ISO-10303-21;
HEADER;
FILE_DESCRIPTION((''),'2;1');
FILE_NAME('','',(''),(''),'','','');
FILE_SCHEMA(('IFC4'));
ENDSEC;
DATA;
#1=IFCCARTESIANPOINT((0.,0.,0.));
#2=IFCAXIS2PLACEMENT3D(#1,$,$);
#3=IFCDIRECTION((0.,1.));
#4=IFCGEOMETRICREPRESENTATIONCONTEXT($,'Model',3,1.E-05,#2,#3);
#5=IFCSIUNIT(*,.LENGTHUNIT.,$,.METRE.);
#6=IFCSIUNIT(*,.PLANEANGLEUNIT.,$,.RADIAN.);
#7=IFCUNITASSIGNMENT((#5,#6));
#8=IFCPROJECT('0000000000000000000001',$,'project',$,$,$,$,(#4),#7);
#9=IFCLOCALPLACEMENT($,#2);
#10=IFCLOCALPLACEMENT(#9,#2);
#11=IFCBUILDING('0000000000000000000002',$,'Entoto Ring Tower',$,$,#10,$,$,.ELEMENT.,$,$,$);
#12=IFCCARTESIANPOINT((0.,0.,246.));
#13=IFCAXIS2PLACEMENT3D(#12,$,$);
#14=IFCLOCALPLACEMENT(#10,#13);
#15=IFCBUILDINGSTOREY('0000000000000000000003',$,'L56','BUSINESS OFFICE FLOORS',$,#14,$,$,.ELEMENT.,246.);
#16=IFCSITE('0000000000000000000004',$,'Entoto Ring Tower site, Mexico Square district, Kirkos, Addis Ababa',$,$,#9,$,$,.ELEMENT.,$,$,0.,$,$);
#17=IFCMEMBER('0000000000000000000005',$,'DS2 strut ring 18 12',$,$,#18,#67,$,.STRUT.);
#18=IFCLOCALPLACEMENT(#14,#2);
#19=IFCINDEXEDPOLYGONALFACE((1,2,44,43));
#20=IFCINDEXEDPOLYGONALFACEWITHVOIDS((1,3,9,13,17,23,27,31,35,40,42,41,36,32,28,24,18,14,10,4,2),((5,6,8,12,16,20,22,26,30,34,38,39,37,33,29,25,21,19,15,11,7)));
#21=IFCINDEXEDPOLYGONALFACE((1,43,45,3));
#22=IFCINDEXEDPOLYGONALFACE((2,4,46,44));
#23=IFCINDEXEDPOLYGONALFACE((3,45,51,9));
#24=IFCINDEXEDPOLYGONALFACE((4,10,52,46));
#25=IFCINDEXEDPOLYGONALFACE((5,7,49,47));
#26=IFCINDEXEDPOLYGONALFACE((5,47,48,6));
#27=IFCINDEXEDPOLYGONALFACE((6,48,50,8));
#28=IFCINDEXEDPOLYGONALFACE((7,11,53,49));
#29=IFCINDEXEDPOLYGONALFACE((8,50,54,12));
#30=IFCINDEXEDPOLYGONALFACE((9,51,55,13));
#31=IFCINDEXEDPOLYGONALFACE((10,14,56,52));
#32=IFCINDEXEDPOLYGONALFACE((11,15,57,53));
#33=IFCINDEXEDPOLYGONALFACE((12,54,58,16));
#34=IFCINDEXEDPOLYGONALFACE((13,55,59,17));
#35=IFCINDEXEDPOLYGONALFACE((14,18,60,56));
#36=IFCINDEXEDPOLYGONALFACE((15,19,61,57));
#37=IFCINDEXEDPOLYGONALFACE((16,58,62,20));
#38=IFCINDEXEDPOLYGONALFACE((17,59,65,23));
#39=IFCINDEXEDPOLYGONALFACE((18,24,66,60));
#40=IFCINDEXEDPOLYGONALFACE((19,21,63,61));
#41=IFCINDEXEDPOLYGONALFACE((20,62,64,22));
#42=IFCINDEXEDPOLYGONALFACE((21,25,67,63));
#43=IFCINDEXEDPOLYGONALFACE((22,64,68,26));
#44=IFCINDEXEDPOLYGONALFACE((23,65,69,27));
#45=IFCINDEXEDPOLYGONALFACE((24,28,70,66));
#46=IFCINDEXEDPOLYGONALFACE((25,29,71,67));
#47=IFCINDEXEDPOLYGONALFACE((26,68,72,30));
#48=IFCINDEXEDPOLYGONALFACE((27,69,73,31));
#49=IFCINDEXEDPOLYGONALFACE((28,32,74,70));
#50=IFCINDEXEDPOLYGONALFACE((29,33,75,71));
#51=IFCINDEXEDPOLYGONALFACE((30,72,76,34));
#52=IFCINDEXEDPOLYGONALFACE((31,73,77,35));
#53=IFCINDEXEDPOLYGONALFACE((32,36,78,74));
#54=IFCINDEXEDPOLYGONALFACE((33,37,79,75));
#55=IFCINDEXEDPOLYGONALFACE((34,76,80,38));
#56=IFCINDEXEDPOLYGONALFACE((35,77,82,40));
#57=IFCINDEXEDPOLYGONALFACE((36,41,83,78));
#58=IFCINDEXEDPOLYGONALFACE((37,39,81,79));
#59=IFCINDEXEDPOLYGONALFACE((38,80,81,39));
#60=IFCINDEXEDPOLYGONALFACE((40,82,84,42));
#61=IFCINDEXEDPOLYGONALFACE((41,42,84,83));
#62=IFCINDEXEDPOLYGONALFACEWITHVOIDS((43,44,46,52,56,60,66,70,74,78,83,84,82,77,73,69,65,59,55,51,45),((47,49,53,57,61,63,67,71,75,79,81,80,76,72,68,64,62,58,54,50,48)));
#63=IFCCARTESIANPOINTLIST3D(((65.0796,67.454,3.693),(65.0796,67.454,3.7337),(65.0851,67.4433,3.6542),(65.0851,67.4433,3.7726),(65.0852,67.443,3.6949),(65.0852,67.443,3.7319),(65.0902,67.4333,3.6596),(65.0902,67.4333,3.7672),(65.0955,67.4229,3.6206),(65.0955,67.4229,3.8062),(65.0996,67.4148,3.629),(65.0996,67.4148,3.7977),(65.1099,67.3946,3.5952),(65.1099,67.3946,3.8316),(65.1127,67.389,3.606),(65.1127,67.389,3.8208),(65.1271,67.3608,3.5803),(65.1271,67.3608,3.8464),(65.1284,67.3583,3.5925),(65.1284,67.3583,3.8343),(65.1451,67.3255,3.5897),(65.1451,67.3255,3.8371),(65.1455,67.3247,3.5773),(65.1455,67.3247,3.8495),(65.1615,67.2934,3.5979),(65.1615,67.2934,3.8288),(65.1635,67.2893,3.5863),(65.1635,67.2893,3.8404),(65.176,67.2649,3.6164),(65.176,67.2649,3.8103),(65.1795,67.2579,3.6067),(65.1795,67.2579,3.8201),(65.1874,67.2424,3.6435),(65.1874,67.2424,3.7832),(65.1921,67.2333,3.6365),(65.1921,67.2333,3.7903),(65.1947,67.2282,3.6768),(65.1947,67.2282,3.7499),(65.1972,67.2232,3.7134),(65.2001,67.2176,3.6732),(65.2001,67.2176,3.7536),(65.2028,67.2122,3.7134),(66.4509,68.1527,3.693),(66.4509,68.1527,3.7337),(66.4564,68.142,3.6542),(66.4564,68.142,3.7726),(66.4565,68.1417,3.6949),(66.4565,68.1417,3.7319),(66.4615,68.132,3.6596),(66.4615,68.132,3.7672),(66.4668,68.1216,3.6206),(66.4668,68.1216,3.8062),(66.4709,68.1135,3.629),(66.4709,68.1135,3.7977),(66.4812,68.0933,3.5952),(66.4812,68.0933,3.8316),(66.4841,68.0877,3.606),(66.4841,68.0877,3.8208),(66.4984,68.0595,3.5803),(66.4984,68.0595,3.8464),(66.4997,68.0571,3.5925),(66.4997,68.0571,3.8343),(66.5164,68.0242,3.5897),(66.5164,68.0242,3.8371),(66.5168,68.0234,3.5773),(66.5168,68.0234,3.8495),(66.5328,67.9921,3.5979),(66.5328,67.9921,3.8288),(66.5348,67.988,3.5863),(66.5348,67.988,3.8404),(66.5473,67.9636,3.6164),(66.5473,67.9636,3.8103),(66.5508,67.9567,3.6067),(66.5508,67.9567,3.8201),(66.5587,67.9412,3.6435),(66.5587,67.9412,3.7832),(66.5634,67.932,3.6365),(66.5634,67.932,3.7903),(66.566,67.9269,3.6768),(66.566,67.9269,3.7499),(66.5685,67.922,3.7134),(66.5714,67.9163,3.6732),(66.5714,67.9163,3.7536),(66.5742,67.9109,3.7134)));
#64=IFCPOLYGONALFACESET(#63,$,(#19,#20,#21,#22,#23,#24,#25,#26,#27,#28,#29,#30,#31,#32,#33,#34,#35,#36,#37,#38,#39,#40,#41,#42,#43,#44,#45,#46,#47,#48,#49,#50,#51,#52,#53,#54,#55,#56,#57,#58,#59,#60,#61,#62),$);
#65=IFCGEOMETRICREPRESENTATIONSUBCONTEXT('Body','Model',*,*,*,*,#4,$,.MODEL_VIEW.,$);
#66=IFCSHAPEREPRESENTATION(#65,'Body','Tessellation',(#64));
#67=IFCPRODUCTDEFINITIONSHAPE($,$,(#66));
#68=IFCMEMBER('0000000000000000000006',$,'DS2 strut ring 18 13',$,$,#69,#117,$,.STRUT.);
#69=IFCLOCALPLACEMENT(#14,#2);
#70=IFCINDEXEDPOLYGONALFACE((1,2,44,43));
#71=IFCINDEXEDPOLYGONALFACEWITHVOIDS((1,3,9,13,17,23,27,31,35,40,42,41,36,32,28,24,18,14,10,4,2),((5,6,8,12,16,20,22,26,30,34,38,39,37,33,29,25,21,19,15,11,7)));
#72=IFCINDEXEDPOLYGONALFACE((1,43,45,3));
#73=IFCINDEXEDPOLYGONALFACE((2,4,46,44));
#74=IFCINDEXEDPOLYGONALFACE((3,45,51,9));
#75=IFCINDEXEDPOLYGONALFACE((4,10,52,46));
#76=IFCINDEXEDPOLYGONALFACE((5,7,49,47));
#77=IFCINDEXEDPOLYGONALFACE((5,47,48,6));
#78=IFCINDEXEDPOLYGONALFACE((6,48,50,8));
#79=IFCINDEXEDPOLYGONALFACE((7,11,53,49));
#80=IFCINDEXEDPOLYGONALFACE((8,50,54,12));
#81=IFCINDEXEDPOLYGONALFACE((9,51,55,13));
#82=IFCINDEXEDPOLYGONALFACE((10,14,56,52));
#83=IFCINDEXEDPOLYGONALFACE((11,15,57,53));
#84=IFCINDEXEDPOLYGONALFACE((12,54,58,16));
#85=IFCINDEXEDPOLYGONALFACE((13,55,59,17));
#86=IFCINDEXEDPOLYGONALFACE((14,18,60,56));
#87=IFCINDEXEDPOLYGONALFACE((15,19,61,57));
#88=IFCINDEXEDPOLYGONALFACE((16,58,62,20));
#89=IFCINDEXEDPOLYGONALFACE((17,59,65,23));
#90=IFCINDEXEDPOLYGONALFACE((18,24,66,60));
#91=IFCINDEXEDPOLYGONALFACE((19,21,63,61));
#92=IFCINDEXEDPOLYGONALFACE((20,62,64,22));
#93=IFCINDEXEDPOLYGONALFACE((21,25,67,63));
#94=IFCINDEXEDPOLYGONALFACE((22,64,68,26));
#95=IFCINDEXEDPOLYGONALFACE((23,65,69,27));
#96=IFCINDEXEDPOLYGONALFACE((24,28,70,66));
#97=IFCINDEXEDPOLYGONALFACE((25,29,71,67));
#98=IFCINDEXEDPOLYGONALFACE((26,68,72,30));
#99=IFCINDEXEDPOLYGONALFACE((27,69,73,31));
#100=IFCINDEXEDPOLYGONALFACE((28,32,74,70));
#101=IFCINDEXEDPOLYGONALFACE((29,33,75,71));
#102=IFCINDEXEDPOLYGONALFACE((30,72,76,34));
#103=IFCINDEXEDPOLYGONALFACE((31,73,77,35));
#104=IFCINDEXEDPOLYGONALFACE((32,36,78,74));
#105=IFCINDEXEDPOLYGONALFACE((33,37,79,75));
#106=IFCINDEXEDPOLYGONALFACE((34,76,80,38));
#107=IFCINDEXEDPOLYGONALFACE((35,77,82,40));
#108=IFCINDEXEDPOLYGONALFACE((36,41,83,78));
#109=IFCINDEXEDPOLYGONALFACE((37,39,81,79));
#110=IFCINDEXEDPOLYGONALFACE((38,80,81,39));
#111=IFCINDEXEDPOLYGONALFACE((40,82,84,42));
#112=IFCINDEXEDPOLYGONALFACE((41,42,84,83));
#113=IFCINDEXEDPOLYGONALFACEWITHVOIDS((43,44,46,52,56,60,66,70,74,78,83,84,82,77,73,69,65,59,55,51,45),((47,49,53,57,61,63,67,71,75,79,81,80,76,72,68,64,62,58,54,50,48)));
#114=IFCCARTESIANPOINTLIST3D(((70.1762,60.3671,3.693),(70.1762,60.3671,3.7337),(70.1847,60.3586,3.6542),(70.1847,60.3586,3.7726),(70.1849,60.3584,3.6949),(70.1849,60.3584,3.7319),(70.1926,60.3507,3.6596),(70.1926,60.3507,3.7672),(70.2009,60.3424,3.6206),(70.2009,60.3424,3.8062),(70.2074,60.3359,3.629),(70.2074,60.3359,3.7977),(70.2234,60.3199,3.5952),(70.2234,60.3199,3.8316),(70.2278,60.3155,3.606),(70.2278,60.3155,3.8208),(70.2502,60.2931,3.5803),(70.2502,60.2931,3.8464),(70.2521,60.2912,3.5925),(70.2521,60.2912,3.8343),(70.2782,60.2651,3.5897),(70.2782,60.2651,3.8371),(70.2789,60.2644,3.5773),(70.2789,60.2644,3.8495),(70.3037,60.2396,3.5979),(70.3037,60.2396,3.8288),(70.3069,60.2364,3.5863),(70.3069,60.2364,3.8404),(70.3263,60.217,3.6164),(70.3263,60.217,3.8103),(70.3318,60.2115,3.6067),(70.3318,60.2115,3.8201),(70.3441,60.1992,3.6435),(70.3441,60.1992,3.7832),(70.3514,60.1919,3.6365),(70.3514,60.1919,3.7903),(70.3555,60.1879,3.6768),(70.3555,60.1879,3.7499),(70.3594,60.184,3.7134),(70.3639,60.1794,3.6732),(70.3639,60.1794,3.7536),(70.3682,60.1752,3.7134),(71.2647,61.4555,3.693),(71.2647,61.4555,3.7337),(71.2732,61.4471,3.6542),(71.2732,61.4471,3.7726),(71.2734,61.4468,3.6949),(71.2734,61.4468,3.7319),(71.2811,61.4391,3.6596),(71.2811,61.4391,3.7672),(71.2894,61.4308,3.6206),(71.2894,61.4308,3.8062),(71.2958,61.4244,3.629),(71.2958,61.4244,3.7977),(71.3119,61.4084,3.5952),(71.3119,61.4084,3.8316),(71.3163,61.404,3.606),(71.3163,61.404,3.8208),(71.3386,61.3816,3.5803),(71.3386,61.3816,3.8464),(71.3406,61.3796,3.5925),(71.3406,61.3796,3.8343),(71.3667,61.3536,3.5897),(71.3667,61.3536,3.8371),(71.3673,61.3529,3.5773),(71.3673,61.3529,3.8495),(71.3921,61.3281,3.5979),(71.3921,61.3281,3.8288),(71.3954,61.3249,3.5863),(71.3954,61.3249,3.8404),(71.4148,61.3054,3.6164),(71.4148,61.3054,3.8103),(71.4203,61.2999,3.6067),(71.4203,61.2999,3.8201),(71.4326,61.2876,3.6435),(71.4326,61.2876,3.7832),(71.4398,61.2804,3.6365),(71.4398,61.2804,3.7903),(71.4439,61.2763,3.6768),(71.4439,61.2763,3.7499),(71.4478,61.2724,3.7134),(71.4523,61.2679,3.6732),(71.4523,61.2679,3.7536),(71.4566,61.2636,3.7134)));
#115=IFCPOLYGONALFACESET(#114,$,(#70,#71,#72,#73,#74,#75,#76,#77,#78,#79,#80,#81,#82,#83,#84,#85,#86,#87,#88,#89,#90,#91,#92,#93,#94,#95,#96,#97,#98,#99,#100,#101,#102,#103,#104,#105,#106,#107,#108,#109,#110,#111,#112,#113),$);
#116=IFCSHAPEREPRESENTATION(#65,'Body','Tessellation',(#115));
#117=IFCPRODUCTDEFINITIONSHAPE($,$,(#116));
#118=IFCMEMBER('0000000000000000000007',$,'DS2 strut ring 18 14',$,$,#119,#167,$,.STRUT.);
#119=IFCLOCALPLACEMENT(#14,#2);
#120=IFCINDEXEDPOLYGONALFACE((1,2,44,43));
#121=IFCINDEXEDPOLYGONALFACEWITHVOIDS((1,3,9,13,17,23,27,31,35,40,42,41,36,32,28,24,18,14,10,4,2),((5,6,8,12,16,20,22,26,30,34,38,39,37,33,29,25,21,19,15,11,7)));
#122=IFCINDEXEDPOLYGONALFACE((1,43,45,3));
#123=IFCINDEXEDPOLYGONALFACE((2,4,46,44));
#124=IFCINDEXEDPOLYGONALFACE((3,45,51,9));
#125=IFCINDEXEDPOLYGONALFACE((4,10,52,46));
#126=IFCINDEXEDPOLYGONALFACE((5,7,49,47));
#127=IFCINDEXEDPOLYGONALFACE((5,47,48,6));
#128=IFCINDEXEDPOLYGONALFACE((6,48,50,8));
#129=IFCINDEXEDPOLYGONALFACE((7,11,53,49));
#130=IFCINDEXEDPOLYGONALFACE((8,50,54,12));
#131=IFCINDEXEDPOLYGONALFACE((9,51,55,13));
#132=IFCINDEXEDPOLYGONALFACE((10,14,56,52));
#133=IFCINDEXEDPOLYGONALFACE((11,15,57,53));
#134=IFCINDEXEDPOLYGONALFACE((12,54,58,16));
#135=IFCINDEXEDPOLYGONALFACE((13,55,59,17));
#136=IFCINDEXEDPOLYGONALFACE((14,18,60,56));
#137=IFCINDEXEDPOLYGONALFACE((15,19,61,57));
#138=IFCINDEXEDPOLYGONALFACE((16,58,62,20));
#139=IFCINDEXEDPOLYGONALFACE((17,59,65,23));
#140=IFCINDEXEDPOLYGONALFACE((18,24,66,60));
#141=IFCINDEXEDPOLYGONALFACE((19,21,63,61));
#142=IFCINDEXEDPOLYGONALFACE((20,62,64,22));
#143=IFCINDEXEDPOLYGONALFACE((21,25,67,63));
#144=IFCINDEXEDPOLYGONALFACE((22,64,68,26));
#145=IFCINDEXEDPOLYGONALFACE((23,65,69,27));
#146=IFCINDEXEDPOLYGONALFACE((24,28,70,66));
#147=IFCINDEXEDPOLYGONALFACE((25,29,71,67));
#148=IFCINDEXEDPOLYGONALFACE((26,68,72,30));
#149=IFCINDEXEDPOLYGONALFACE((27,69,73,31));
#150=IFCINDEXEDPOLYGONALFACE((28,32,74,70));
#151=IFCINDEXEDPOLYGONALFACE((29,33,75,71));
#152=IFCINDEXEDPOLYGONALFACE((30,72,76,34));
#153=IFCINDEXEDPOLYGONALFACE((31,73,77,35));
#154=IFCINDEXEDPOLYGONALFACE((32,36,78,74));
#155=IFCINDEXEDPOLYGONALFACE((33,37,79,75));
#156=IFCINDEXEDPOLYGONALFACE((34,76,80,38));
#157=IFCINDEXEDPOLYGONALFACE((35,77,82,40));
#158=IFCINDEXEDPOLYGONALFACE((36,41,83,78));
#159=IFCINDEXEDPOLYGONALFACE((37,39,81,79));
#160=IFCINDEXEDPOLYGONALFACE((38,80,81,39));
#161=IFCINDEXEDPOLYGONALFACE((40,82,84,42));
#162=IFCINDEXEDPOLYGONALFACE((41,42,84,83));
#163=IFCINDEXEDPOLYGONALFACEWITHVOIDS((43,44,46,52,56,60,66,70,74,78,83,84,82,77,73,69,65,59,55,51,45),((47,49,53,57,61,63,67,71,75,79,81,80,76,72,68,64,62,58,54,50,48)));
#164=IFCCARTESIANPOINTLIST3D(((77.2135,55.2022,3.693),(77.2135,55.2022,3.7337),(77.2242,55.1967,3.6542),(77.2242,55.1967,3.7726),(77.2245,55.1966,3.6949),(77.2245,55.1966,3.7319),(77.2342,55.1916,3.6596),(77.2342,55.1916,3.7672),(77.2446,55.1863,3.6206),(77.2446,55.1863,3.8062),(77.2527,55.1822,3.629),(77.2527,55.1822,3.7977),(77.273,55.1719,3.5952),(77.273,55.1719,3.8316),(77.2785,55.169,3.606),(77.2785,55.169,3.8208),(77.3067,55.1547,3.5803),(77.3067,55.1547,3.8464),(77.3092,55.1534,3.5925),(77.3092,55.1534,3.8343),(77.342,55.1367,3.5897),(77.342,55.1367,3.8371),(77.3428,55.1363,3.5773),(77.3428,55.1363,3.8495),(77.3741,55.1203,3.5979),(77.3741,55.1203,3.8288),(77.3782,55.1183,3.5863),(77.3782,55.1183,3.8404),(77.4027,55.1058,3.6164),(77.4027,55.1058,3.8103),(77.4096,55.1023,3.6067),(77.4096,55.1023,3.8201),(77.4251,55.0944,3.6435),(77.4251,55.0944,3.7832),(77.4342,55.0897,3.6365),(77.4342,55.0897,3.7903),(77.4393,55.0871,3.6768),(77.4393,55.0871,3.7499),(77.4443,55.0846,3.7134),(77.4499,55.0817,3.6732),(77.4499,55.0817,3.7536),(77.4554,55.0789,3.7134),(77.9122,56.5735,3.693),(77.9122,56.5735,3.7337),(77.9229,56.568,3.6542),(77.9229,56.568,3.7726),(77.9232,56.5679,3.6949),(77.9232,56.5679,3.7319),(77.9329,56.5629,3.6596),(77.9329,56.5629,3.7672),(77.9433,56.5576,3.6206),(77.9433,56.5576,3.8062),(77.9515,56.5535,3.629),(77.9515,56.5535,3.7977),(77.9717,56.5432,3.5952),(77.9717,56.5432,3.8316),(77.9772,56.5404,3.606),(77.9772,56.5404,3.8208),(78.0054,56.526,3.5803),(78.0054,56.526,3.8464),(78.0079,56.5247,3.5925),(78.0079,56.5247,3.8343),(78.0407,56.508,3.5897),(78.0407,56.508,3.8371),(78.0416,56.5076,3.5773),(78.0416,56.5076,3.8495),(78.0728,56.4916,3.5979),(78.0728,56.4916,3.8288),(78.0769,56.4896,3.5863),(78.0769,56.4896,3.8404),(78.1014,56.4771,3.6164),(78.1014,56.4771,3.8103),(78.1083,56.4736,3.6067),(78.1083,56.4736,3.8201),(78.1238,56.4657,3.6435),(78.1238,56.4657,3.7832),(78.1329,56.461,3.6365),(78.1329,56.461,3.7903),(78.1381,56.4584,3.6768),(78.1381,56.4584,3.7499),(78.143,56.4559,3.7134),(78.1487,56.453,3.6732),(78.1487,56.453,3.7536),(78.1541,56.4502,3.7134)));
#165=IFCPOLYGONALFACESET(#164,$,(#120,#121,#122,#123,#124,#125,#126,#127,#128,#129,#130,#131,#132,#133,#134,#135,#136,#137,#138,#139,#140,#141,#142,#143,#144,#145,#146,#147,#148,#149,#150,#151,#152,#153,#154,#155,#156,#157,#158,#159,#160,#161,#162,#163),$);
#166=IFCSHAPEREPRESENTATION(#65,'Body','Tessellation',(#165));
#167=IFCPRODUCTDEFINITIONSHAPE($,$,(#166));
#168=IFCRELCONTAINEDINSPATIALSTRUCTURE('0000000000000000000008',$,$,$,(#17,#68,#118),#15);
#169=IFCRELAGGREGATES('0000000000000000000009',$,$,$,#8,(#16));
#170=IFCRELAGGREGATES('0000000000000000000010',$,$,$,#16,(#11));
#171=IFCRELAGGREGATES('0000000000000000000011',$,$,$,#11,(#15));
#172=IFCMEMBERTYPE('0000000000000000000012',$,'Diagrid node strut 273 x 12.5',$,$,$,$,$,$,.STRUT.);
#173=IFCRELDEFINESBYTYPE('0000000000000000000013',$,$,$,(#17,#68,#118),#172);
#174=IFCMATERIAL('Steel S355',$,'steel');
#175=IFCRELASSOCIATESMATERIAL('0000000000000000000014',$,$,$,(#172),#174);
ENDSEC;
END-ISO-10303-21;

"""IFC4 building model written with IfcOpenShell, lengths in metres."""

from ifc_helpers import new_model, si_unit, direction, frame, origin, origin_2d, place, context, subcontext, project, spatial, circle, hollow_circle, extrude, material, material_profile, profile_set, type_object, element, save


model = new_model("IFC4")

# Units and contexts
model_context = context("Model", 3, precision=1e-05, world=origin(), true_north=direction((0.0, 1.0)))
body_context = subcontext(model_context, "Body", "Model", "MODEL_VIEW")
ifc_project = project(units=[si_unit("LENGTHUNIT", "METRE"), si_unit("PLANEANGLEUNIT", "RADIAN")], contexts=[model_context])

# Site, building, storey
site_placement = place(None, origin())
site = spatial("IfcSite", under=ifc_project, at=site_placement, Name="Entoto Ring Tower site, Mexico Square district, Kirkos, Addis Ababa", CompositionType="ELEMENT", RefElevation=0.0)
building_placement = place(site_placement, origin())
building = spatial("IfcBuilding", under=site, at=building_placement, Name="Entoto Ring Tower", CompositionType="ELEMENT")
storey_placement = place(building_placement, frame((0.0, 0.0, 246.0)))
storey = spatial("IfcBuildingStorey", under=building, at=storey_placement, Name="L56", Description="BUSINESS OFFICE FLOORS", CompositionType="ELEMENT", Elevation=246.0)

# Members
ifc_material_1 = material(Name="Steel S355", Category="steel")
ifc_material_profile_1 = material_profile(ifc_material_1, hollow_circle(Radius=0.1365, WallThickness=0.0125, at=origin_2d()), Name="CHS 273 x 12.5")
ifc_material_2 = material(Name="Concrete C60/75", Category="concrete")
ifc_material_profile_2 = material_profile(ifc_material_2, circle(Radius=0.124, at=origin_2d()), Name="Concrete C60/75 infill")
ifc_profile_set_1 = profile_set([ifc_material_profile_1, ifc_material_profile_2], Name="Steel S355")
member_type = type_object("IfcMemberType", Name="Diagrid node strut 273 x 12.5", PredefinedType="STRUT", material=ifc_profile_set_1)
member_1_placement = place(storey_placement, frame((66.5122, 68.0325, 3.7134), z_axis=(-0.891007, -0.45399, 0.0), x_axis=(0.45399, -0.891007, 0.0)))
element("IfcMember", 1, at=member_1_placement, inside=storey, type_object=member_type, Name="DS2 strut ring 18 12", PredefinedType="STRUT", context=body_context, shape_type="SweptSolid", body=[
    extrude(hollow_circle(Radius=0.1365, WallThickness=0.0125, at=origin_2d()), origin(), (0.0, 0.0, 1.0), 1.5391),
])
member_2_placement = place(storey_placement, frame((71.3601, 61.3601, 3.7134), z_axis=(-0.707107, -0.707107, 0.0), x_axis=(0.707107, -0.707107, 0.0)))
element("IfcMember", 2, at=member_2_placement, inside=storey, type_object=member_type, Name="DS2 strut ring 18 13", PredefinedType="STRUT", context=body_context, shape_type="SweptSolid", body=[
    extrude(hollow_circle(Radius=0.1365, WallThickness=0.0125, at=origin_2d()), origin(), (0.0, 0.0, 1.0), 1.5393),
])
member_3_placement = place(storey_placement, frame((78.0325, 56.5122, 3.7134), z_axis=(-0.45399, -0.891007, 0.0), x_axis=(0.891007, -0.45399, 0.0)))
element("IfcMember", 3, at=member_3_placement, inside=storey, type_object=member_type, Name="DS2 strut ring 18 14", PredefinedType="STRUT", context=body_context, shape_type="SweptSolid", body=[
    extrude(hollow_circle(Radius=0.1365, WallThickness=0.0125, at=origin_2d()), origin(), (0.0, 0.0, 1.0), 1.5391),
])

save(model, "model.ifc")
